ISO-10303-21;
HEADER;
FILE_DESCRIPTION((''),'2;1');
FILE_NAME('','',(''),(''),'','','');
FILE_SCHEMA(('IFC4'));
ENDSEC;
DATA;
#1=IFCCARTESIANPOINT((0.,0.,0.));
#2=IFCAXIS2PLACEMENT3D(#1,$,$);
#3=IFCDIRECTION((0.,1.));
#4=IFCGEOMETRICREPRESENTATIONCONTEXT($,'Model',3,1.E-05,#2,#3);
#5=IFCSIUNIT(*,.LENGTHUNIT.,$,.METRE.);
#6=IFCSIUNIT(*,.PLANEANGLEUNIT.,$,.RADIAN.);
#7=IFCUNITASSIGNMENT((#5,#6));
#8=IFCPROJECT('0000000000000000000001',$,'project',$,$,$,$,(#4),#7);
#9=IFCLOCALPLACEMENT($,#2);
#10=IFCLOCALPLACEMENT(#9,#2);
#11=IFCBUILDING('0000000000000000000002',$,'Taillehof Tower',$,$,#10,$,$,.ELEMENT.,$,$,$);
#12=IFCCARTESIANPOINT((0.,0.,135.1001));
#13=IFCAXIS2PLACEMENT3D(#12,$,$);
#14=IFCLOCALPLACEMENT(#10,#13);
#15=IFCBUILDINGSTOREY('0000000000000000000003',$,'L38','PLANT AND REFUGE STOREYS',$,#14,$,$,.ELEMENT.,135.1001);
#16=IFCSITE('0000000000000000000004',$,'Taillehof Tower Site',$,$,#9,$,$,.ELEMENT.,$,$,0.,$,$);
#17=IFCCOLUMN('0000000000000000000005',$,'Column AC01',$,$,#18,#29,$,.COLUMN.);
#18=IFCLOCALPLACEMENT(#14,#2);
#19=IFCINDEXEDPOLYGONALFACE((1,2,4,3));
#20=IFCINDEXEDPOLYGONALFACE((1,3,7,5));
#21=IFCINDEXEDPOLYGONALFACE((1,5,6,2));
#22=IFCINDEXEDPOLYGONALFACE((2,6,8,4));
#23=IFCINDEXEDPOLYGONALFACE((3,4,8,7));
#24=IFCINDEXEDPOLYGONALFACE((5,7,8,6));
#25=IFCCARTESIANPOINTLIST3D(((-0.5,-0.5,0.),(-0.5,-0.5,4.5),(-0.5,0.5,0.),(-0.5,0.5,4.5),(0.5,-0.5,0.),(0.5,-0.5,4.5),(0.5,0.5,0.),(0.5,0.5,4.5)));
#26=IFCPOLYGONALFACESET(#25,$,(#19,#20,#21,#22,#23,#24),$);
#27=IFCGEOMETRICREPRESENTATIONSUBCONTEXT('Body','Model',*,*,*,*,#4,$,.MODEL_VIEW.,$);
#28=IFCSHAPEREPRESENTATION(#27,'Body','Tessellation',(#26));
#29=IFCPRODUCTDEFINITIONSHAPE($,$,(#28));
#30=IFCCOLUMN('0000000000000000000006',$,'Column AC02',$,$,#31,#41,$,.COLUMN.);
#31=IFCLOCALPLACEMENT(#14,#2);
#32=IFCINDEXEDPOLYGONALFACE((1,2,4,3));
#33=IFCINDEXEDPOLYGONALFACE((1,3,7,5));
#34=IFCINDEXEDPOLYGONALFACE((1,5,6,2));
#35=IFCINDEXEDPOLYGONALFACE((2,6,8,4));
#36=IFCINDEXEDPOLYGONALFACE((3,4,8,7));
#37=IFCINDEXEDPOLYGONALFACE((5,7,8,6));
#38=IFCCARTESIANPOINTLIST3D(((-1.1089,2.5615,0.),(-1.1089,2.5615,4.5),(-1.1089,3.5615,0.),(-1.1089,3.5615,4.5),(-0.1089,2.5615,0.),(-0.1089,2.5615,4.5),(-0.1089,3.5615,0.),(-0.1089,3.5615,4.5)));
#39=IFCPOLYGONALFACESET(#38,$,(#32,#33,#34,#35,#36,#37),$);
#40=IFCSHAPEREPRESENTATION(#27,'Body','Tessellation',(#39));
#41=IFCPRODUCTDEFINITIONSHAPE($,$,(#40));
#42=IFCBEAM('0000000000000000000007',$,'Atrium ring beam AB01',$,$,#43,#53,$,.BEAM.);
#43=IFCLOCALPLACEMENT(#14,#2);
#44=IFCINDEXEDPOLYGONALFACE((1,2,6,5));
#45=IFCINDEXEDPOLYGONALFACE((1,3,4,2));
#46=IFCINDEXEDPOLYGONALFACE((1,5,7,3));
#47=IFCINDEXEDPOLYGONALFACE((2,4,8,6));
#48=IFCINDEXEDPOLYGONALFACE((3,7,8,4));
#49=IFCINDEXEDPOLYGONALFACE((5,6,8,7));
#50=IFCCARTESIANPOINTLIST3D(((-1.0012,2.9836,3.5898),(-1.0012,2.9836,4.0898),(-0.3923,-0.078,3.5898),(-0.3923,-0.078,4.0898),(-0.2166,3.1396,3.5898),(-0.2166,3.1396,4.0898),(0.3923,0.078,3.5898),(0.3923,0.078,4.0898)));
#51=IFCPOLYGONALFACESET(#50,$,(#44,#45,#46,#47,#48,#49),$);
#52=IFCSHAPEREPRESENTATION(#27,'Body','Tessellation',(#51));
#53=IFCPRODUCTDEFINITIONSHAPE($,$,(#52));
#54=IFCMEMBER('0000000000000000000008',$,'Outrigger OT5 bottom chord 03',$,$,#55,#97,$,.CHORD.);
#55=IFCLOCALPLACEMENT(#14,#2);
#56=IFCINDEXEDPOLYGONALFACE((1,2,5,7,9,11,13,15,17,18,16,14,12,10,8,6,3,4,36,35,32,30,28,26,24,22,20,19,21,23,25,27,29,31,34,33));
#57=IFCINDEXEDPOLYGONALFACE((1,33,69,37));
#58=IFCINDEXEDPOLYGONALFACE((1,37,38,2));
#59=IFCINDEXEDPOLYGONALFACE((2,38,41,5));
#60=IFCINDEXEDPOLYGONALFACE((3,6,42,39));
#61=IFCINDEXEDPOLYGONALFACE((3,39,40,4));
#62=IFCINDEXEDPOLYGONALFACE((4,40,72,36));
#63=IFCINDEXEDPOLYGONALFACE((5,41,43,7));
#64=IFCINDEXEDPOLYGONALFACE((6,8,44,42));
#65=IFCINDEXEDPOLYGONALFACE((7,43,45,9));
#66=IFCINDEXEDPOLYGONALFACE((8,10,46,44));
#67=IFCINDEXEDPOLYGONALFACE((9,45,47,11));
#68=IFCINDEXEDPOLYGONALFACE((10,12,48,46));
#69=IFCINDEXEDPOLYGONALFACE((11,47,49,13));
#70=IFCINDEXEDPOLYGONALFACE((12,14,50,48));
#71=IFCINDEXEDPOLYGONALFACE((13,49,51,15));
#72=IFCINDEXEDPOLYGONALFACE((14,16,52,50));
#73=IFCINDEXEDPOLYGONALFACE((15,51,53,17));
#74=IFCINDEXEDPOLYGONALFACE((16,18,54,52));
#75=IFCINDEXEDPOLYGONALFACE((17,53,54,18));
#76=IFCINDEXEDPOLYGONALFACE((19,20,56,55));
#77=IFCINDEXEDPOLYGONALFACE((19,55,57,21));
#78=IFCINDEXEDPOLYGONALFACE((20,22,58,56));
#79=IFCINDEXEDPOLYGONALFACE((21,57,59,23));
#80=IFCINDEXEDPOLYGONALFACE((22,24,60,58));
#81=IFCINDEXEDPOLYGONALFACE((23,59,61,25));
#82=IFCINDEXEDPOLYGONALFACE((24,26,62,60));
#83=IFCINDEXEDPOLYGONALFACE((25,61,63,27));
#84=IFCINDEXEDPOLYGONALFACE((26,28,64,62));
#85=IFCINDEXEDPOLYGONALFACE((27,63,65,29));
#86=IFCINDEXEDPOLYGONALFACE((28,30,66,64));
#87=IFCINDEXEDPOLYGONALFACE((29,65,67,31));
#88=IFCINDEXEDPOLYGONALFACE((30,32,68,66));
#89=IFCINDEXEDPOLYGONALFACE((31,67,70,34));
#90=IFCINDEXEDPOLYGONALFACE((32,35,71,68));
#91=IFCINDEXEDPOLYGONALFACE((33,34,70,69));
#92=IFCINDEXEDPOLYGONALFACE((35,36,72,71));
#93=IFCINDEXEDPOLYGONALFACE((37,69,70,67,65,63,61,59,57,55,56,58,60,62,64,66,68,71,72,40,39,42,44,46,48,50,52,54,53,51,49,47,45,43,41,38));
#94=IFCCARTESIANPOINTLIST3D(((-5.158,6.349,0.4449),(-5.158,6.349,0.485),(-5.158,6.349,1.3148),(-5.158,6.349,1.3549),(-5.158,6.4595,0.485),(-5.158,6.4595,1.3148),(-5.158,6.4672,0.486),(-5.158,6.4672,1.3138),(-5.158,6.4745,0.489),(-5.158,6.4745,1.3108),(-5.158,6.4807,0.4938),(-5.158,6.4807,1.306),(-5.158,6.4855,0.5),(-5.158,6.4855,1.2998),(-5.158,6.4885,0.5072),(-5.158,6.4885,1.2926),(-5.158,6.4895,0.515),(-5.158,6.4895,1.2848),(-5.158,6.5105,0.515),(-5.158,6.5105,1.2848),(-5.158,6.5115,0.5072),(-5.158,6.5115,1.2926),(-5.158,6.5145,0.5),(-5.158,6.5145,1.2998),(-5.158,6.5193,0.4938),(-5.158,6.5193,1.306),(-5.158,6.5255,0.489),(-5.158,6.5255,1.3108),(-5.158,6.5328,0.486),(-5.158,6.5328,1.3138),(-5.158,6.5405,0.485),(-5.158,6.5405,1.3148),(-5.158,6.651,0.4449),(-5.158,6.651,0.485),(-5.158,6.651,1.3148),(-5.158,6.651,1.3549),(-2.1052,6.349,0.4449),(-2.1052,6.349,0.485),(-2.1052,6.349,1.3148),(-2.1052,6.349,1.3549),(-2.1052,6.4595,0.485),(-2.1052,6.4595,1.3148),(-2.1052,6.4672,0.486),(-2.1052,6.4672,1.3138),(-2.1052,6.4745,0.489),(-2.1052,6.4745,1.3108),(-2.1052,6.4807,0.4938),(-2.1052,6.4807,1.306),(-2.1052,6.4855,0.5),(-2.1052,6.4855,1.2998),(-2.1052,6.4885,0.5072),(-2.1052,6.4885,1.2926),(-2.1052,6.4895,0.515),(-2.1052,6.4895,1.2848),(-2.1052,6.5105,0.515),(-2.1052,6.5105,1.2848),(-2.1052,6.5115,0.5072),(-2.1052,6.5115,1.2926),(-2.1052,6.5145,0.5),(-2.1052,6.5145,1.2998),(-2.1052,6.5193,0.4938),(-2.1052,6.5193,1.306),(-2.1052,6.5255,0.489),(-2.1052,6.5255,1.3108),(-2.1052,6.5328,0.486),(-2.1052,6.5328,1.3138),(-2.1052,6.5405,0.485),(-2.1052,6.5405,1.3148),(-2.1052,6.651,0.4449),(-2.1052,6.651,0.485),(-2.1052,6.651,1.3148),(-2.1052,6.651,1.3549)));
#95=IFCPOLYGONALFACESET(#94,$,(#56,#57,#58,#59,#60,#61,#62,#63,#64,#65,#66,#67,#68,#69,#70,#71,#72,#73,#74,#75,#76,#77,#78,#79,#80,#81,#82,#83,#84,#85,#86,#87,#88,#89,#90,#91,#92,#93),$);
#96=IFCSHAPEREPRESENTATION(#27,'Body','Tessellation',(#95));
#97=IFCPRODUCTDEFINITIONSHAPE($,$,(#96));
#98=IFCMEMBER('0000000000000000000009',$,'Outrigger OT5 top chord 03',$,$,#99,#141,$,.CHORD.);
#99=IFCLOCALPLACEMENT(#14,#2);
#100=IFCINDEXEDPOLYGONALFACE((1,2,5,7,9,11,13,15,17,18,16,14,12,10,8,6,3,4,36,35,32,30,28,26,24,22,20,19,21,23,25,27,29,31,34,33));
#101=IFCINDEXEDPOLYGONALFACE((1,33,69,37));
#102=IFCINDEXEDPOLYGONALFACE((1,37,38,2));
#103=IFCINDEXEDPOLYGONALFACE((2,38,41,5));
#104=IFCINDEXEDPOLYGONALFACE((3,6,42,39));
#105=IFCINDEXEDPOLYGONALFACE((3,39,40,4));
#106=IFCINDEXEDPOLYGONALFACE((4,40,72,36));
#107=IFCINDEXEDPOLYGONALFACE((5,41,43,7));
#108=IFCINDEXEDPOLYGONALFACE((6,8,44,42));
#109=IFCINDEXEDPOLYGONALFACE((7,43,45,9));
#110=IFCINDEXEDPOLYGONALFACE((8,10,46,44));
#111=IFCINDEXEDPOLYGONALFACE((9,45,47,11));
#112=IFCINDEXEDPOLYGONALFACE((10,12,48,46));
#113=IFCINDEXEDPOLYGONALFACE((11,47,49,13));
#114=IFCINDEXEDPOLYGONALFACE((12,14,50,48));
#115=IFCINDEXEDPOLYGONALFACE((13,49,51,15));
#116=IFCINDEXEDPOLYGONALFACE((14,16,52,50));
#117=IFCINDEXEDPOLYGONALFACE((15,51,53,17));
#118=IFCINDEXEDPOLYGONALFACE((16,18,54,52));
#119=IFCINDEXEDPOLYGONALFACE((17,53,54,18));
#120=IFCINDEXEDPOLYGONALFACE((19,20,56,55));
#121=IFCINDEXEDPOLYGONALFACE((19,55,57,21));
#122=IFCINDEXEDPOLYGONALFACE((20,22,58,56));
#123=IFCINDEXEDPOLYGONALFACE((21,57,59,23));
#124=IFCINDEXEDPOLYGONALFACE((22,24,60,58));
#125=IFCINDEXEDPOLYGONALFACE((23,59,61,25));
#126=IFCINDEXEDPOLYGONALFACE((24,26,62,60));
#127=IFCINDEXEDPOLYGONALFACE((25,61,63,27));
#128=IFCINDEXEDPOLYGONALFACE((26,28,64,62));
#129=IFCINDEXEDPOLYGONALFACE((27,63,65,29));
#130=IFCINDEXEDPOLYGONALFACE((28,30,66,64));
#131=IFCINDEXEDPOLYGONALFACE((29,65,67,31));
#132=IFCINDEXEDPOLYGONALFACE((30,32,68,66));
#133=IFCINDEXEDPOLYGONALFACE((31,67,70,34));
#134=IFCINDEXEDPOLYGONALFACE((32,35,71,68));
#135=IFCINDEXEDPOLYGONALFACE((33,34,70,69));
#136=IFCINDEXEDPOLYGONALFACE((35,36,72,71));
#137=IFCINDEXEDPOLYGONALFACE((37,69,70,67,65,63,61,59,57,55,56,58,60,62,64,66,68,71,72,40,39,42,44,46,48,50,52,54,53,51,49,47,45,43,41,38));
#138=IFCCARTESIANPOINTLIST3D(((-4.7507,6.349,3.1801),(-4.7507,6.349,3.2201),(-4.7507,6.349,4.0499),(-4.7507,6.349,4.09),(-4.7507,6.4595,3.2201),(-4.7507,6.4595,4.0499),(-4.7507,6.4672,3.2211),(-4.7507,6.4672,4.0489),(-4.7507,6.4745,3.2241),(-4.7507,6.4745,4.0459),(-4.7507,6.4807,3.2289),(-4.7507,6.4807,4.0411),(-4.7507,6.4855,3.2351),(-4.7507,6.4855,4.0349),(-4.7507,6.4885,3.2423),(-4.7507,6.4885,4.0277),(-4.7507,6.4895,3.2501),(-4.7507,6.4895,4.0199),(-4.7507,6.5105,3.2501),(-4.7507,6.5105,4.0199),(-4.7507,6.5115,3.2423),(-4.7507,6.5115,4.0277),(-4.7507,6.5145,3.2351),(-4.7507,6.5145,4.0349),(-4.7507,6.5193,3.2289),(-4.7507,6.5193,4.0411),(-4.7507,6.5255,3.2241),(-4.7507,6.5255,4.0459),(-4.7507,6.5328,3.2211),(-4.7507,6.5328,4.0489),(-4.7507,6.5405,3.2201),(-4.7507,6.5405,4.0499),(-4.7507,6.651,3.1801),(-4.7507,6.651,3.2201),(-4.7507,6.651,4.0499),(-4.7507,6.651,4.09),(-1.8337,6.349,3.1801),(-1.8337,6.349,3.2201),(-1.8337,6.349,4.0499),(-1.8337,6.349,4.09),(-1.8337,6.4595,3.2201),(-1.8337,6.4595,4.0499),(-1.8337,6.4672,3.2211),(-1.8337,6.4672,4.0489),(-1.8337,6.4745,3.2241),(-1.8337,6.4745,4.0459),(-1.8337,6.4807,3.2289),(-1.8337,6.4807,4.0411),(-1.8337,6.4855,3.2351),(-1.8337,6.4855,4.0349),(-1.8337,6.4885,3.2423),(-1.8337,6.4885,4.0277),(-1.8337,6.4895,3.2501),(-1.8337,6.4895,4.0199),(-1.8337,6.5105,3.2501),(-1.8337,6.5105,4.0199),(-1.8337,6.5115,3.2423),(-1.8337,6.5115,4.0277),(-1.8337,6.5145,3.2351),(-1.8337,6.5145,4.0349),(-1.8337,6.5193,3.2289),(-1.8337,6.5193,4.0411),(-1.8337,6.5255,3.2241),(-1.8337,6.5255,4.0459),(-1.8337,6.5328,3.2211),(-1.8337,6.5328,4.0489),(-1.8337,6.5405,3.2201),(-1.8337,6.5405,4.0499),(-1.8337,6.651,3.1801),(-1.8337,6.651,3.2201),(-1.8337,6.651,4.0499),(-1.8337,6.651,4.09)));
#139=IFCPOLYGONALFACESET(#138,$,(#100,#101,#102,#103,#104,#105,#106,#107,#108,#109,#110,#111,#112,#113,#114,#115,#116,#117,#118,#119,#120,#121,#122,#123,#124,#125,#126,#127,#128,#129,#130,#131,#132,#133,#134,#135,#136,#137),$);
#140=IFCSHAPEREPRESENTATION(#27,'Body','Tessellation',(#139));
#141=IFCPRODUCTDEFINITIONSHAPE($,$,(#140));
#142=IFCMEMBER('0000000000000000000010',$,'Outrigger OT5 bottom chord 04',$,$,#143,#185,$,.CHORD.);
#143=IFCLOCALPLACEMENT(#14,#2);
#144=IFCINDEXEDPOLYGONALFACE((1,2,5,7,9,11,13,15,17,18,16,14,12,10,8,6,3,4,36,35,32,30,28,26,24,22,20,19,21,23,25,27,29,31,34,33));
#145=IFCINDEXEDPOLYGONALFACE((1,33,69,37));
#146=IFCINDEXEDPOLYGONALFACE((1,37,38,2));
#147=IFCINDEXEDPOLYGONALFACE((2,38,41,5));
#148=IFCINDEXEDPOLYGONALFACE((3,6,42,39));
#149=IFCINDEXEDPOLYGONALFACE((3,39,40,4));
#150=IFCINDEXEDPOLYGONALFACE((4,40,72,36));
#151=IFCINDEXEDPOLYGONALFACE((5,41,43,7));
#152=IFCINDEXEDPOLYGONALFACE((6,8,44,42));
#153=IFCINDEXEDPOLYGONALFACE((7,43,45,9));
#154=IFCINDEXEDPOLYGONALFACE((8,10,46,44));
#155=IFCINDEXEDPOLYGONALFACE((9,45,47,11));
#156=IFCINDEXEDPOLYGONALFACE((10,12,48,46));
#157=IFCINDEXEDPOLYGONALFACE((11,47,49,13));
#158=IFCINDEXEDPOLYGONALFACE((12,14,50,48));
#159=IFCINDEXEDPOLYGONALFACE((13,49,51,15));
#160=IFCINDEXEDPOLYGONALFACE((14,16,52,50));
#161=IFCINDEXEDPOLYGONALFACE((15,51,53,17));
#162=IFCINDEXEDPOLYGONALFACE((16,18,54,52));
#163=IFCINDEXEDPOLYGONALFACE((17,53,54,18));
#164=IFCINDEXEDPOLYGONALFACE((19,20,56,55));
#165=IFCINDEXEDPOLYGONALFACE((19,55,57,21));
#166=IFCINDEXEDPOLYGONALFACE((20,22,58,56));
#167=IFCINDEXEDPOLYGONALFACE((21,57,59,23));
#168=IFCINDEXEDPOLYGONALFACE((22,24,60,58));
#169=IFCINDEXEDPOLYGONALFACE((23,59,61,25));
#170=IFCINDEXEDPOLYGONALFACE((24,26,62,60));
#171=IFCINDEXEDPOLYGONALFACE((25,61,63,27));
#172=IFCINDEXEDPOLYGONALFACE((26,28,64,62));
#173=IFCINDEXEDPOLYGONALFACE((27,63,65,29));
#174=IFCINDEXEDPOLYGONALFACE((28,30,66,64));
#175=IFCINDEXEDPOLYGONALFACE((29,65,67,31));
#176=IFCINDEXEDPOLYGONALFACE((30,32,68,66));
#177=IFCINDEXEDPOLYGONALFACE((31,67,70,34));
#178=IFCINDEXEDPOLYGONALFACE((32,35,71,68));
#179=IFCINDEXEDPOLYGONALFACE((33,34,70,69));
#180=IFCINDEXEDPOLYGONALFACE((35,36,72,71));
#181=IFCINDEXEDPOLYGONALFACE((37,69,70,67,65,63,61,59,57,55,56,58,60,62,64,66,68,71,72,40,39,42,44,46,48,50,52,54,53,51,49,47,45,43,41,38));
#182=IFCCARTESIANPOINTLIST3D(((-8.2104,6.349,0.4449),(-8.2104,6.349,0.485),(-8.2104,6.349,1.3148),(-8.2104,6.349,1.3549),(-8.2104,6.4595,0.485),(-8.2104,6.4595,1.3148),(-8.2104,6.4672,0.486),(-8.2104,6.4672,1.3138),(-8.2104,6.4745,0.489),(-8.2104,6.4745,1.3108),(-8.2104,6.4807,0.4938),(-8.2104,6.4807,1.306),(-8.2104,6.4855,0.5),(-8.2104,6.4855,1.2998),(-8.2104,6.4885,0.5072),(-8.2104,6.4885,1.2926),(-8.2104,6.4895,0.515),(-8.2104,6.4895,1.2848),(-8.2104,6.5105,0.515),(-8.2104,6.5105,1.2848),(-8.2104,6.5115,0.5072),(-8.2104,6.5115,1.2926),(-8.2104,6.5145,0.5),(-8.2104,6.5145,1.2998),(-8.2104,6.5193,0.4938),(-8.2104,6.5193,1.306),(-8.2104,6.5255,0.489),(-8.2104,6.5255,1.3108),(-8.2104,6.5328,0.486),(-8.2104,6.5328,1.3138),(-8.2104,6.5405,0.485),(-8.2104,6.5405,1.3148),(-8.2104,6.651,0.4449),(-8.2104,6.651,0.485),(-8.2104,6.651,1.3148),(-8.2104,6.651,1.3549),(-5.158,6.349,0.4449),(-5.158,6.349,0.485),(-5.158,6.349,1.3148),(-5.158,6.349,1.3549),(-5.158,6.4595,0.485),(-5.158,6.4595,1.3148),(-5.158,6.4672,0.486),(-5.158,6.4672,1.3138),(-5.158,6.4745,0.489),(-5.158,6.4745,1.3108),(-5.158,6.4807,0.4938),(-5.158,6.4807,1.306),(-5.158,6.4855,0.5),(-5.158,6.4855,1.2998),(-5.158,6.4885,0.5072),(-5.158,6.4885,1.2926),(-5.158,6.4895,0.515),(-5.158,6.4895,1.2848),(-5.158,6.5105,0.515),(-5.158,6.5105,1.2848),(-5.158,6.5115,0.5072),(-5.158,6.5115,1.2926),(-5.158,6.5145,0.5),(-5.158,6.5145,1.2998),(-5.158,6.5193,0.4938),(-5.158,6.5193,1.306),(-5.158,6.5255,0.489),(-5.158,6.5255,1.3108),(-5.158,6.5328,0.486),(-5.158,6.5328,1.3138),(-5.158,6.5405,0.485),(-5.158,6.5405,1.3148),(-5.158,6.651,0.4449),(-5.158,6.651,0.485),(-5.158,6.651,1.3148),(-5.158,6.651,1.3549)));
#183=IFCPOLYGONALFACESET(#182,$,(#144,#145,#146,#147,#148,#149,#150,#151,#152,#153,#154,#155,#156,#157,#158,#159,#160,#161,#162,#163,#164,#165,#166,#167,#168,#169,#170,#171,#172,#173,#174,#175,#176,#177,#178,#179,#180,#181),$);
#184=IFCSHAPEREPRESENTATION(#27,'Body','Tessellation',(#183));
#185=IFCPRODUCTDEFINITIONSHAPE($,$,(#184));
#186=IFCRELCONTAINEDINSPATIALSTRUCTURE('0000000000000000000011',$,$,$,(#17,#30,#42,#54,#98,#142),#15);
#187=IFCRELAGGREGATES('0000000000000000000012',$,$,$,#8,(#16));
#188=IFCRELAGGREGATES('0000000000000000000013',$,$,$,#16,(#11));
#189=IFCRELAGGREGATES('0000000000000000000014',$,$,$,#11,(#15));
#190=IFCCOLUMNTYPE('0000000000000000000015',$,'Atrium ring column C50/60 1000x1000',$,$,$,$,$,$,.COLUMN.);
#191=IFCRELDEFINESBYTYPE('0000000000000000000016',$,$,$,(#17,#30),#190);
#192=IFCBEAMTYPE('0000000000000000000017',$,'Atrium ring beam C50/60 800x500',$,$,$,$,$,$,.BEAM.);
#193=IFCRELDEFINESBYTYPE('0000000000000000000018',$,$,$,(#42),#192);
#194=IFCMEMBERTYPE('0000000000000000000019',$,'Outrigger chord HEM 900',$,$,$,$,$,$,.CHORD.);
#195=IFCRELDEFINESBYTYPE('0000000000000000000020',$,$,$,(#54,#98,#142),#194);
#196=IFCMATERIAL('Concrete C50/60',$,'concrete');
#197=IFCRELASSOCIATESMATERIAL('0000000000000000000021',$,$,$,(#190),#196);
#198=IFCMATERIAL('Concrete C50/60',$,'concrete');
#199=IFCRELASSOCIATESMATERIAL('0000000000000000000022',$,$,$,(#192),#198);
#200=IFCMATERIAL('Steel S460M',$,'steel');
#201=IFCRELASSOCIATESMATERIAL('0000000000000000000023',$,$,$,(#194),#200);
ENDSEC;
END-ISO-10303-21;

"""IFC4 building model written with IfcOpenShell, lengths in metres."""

from ifc_helpers import new_model, si_unit, direction, frame, origin, origin_2d, place, context, subcontext, project, spatial, rectangle, i_section, extrude, material, material_profile, profile_set, type_object, element, save


model = new_model("IFC4")

# Units and contexts
model_context = context("Model", 3, precision=1e-05, world=origin(), true_north=direction((0.0, 1.0)))
body_context = subcontext(model_context, "Body", "Model", "MODEL_VIEW")
ifc_project = project(units=[si_unit("LENGTHUNIT", "METRE"), si_unit("PLANEANGLEUNIT", "RADIAN")], contexts=[model_context])

# Site, building, storey
site_placement = place(None, origin())
site = spatial("IfcSite", under=ifc_project, at=site_placement, Name="Taillehof Tower Site", CompositionType="ELEMENT", RefElevation=0.0)
building_placement = place(site_placement, origin())
building = spatial("IfcBuilding", under=site, at=building_placement, Name="Taillehof Tower", CompositionType="ELEMENT")
storey_placement = place(building_placement, frame((0.0, 0.0, 135.1001)))
storey = spatial("IfcBuildingStorey", under=building, at=storey_placement, Name="L38", Description="PLANT AND REFUGE STOREYS", CompositionType="ELEMENT", Elevation=135.1001)

# Columns
ifc_material_1 = material(Name="Concrete C50/60", Category="concrete")
ifc_material_profile_1 = material_profile(ifc_material_1, rectangle(XDim=1.0, YDim=1.0, at=origin_2d()), Name="RC 1000x1000")
ifc_profile_set_1 = profile_set([ifc_material_profile_1], Name="Concrete C50/60")
column_type = type_object("IfcColumnType", Name="Atrium ring column C50/60 1000x1000", PredefinedType="COLUMN", material=ifc_profile_set_1)
for number, where, z_axis, x_axis, name in (
    (1, (0.0, 0.0, 0.0), (0.0, 0.0, 1.0), (1.0, 0.0, 0.0), "Column AC01"),
    (2, (-0.6089, 3.0615, 0.0), (0.0, 0.0, 1.0), (1.0, 0.0, 0.0), "Column AC02"),
):
    element("IfcColumn", number, at=place(storey_placement, frame(where, z_axis=z_axis, x_axis=x_axis)), inside=storey, type_object=column_type, Name=name, PredefinedType="COLUMN", context=body_context, shape_type="SweptSolid", body=[
        extrude(rectangle(XDim=1.0, YDim=1.0, at=origin_2d()), origin(), (0.0, 0.0, 1.0), 4.5),
    ])

# Beam
ifc_material_2 = material(Name="Concrete C50/60", Category="concrete")
ifc_material_profile_2 = material_profile(ifc_material_2, rectangle(XDim=0.8, YDim=0.5, at=origin_2d()), Name="RC 800x500")
ifc_profile_set_2 = profile_set([ifc_material_profile_2], Name="Concrete C50/60")
beam_type_1 = type_object("IfcBeamType", Name="Atrium ring beam C50/60 800x500", PredefinedType="BEAM", material=ifc_profile_set_2)
beam_1_placement = place(storey_placement, frame((0.0, 0.0, 3.8398), z_axis=(-0.195063, 0.980791, 0.0), x_axis=(-0.980791, -0.195063, 0.0)))
element("IfcBeam", 3, at=beam_1_placement, inside=storey, type_object=beam_type_1, Name="Atrium ring beam AB01", PredefinedType="BEAM", context=body_context, shape_type="SweptSolid", body=[
    extrude(rectangle(XDim=0.8, YDim=0.5, at=origin_2d()), origin(), (0.0, 0.0, 1.0), 3.1216),
])

# Members
ifc_material_3 = material(Name="Steel S460M", Category="steel")
ifc_material_profile_3 = material_profile(ifc_material_3, i_section(OverallWidth=0.302, OverallDepth=0.9099, WebThickness=0.021, FlangeThickness=0.04, FilletRadius=0.03, at=origin_2d()), Name="HEM 900")
ifc_profile_set_3 = profile_set([ifc_material_profile_3], Name="Steel S460M")
member_type_1 = type_object("IfcMemberType", Name="Outrigger chord HEM 900", PredefinedType="CHORD", material=ifc_profile_set_3)
member_1_placement = place(storey_placement, frame((-2.1052, 6.5, 0.8999), z_axis=(-1.0, 0.0, 0.0), x_axis=(0.0, -1.0, 0.0)))
element("IfcMember", 4, at=member_1_placement, inside=storey, type_object=member_type_1, Name="Outrigger OT5 bottom chord 03", PredefinedType="CHORD", context=body_context, shape_type="SweptSolid", body=[
    extrude(i_section(OverallWidth=0.302, OverallDepth=0.9099, WebThickness=0.021, FlangeThickness=0.04, FilletRadius=0.03, at=origin_2d()), origin(), (0.0, 0.0, 1.0), 3.0527),
])
member_2_placement = place(storey_placement, frame((-1.8337, 6.5, 3.635), z_axis=(-1.0, 0.0, 0.0), x_axis=(0.0, -1.0, 0.0)))
element("IfcMember", 5, at=member_2_placement, inside=storey, type_object=member_type_1, Name="Outrigger OT5 top chord 03", PredefinedType="CHORD", context=body_context, shape_type="SweptSolid", body=[
    extrude(i_section(OverallWidth=0.302, OverallDepth=0.9099, WebThickness=0.021, FlangeThickness=0.04, FilletRadius=0.03, at=origin_2d()), origin(), (0.0, 0.0, 1.0), 2.917),
])
member_3_placement = place(storey_placement, frame((-5.158, 6.5, 0.8999), z_axis=(-1.0, 0.0, 0.0), x_axis=(0.0, -1.0, 0.0)))
element("IfcMember", 6, at=member_3_placement, inside=storey, type_object=member_type_1, Name="Outrigger OT5 bottom chord 04", PredefinedType="CHORD", context=body_context, shape_type="SweptSolid", body=[
    extrude(i_section(OverallWidth=0.302, OverallDepth=0.9099, WebThickness=0.021, FlangeThickness=0.04, FilletRadius=0.03, at=origin_2d()), origin(), (0.0, 0.0, 1.0), 3.0525),
])

save(model, "model.ifc")
